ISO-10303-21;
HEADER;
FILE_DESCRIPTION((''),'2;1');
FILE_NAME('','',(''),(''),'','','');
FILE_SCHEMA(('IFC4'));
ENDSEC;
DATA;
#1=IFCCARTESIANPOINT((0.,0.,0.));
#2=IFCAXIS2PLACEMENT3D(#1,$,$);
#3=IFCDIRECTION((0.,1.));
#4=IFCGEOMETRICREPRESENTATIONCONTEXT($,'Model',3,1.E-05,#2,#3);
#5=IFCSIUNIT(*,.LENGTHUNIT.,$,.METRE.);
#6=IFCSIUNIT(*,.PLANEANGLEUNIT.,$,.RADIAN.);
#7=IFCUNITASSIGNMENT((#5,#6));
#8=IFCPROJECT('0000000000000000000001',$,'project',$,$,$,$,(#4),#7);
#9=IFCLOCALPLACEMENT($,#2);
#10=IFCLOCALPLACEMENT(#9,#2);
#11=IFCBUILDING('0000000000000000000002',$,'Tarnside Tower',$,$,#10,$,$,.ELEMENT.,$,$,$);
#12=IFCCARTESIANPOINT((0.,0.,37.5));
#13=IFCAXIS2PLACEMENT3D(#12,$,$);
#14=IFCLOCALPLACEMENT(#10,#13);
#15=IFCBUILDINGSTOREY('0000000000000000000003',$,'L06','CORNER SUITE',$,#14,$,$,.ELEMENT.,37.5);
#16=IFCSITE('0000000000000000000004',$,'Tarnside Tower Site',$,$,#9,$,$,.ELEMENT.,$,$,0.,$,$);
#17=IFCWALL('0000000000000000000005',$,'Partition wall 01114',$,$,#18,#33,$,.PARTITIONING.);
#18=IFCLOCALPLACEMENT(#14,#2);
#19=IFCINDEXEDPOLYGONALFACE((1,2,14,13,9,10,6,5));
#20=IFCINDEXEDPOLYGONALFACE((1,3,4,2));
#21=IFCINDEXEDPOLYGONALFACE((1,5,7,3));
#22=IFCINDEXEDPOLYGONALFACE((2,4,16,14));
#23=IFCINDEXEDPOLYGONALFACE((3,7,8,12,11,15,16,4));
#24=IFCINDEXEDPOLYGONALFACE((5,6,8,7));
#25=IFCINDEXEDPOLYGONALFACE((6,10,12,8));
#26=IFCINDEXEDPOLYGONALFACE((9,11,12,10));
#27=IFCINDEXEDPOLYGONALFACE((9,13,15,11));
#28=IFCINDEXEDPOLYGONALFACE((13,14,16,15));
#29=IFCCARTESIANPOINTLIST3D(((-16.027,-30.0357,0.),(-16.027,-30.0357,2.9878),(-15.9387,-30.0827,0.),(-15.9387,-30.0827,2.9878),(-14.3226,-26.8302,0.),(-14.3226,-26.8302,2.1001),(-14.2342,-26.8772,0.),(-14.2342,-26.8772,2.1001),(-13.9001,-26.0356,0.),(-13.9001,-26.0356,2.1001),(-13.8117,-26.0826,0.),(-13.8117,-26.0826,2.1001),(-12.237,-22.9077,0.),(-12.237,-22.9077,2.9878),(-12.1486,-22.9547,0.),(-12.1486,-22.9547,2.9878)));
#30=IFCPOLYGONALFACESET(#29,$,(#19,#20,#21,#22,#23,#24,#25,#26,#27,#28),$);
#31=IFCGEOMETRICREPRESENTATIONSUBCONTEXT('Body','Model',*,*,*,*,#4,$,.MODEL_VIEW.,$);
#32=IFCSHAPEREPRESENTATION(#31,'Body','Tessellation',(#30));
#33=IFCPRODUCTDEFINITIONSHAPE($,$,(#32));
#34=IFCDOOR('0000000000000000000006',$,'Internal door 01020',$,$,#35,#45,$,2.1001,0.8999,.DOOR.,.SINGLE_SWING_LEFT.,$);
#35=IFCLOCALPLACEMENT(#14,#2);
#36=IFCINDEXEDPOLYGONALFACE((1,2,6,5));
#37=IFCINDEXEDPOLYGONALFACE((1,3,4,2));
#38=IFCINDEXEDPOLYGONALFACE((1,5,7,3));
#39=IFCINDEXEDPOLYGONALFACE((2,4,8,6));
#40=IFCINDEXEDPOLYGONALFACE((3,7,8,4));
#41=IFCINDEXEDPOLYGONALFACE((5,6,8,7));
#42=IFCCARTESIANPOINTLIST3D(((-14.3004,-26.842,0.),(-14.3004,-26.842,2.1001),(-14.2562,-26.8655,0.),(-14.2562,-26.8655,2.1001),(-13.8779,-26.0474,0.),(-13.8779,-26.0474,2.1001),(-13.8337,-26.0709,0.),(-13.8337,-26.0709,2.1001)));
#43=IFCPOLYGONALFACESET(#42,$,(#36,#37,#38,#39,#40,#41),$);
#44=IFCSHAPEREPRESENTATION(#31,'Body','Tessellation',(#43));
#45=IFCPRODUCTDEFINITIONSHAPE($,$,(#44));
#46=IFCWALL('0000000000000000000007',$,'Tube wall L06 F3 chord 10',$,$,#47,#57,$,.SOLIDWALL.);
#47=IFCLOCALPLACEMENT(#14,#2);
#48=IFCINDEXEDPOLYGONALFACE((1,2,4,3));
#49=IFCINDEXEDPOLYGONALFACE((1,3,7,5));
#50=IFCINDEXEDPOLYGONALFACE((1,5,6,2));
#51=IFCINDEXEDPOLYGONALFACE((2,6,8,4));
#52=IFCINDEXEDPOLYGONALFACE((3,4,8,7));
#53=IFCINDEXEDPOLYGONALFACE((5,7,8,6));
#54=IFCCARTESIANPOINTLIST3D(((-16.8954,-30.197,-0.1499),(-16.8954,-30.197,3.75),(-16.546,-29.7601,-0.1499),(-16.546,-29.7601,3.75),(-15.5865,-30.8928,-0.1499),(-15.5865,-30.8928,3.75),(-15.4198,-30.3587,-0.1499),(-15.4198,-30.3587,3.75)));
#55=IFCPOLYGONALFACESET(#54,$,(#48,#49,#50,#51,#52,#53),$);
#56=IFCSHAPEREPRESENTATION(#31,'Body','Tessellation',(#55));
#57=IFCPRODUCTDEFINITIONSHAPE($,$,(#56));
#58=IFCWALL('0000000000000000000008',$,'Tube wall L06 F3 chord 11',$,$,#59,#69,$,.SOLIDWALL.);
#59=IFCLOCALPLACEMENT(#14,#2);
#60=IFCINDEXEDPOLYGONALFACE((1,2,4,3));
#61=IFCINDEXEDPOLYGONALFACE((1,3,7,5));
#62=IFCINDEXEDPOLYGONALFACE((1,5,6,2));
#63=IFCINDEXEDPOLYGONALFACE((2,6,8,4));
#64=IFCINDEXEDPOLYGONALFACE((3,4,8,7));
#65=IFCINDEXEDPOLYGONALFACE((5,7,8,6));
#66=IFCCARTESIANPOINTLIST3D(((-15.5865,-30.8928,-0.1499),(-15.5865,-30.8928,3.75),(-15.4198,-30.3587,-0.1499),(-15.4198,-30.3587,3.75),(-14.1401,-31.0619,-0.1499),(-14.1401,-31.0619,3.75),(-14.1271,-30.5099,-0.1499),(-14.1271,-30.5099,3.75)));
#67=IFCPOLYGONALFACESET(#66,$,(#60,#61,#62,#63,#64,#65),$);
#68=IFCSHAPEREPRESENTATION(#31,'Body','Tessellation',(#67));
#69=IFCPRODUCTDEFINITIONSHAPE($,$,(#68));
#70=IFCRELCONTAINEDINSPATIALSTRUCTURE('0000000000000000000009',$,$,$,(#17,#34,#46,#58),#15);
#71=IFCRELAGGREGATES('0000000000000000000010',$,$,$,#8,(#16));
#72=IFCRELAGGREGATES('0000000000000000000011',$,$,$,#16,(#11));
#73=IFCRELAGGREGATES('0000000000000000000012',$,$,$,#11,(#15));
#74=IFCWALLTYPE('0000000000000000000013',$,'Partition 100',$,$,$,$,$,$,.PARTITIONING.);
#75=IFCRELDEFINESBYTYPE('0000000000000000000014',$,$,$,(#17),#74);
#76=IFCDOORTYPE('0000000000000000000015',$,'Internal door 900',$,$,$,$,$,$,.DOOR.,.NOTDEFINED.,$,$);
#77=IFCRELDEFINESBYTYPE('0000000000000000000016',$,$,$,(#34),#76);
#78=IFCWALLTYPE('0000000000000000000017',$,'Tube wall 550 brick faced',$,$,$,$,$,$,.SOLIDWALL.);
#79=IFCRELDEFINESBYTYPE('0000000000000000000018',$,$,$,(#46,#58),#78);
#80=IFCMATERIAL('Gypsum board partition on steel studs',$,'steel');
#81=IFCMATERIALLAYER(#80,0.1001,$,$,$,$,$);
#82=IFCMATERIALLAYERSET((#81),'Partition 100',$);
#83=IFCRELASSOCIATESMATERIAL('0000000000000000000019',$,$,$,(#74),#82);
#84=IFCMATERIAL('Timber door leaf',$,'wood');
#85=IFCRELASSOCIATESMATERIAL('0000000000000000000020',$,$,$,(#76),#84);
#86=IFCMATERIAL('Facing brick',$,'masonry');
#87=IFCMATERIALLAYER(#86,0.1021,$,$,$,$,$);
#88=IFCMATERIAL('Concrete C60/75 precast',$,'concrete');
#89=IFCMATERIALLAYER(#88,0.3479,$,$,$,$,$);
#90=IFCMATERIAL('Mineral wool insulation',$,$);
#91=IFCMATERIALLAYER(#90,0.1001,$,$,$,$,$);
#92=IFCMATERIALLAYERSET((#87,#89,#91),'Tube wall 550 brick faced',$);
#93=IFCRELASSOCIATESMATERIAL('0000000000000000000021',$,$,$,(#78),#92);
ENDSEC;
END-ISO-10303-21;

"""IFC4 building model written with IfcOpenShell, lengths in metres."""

from ifc_helpers import new_model, si_unit, direction, frame, frame_2d, origin, place, context, subcontext, project, spatial, polyline, rectangle, outline, extrude, material, layer, layer_set, type_object, element, fill, save


model = new_model("IFC4")

# Units and contexts
model_context = context("Model", 3, precision=1e-05, world=origin(), true_north=direction((0.0, 1.0)))
body_context = subcontext(model_context, "Body", "Model", "MODEL_VIEW")
ifc_project = project(units=[si_unit("LENGTHUNIT", "METRE"), si_unit("PLANEANGLEUNIT", "RADIAN")], contexts=[model_context])

# Site, building, storey
site_placement = place(None, origin())
site = spatial("IfcSite", under=ifc_project, at=site_placement, Name="Tarnside Tower Site", CompositionType="ELEMENT", RefElevation=0.0)
building_placement = place(site_placement, origin())
building = spatial("IfcBuilding", under=site, at=building_placement, Name="Tarnside Tower", CompositionType="ELEMENT")
storey_placement = place(building_placement, frame((0.0, 0.0, 37.5)))
storey = spatial("IfcBuildingStorey", under=building, at=storey_placement, Name="L06", Description="CORNER SUITE", CompositionType="ELEMENT", Elevation=37.5)

# Shared definitions
ifc_material_1 = material(Name="Gypsum board partition on steel studs", Category="steel")

# Wall, opening, door
ifc_material_2 = material(Name="Timber door leaf", Category="wood")
ifc_layer_1 = layer(ifc_material_1, 0.1001)
ifc_layer_set_1 = layer_set([ifc_layer_1], Name="Partition 100")
wall_type_1 = type_object("IfcWallType", Name="Partition 100", PredefinedType="PARTITIONING", material=ifc_layer_set_1)
wall_1_placement = place(storey_placement, frame((-15.9829, -30.0593, 0.0), z_axis=(0.0, 0.0, 1.0), x_axis=(0.469477, 0.882945, 0.0)))
wall_1 = element("IfcWall", 1, at=wall_1_placement, inside=storey, type_object=wall_type_1, Name="Partition wall 01114", PredefinedType="PARTITIONING", context=body_context, shape_type="SweptSolid", body=[
    extrude(rectangle(XDim=8.073, YDim=0.1001, at=frame_2d((4.0366, 0.0))), origin(), (0.0, 0.0, 1.0), 2.9878),
])
opening_1_placement = place(wall_1_placement, frame((3.6306, 0.0, 0.0)))
opening_1 = element("IfcOpeningElement", 2, at=opening_1_placement, cuts=wall_1, PredefinedType="OPENING", context=body_context, shape_type="SweptSolid", body=[
    extrude(rectangle(XDim=0.8999, YDim=2.1001, at=frame_2d((0.45, 1.05))), frame((0.0, 0.0601, 0.0), z_axis=(0.0, -1.0, 0.0), x_axis=(1.0, 0.0, 0.0)), (0.0, 0.0, 1.0), 0.1201),
])
door_type_1 = type_object("IfcDoorType", Name="Internal door 900", OperationType="NOTDEFINED", PredefinedType="DOOR", material=ifc_material_2)
door_1_placement = place(opening_1_placement, origin())
door_1 = element("IfcDoor", 3, at=door_1_placement, inside=storey, type_object=door_type_1, Name="Internal door 01020", OperationType="SINGLE_SWING_LEFT", OverallHeight=2.1001, OverallWidth=0.8999, PredefinedType="DOOR", context=body_context, shape_type="SweptSolid", body=[
    extrude(rectangle(XDim=0.8999, YDim=2.1001, at=frame_2d((0.45, 1.05))), frame((0.0, 0.0249, 0.0), z_axis=(0.0, -1.0, 0.0), x_axis=(1.0, 0.0, 0.0)), (0.0, 0.0, 1.0), 0.05),
])
fill(opening_1, door_1)

# Walls
ifc_material_3 = material(Name="Facing brick", Category="masonry")
ifc_layer_2 = layer(ifc_material_3, 0.1021)
ifc_material_4 = material(Name="Concrete C60/75 precast", Category="concrete")
ifc_layer_3 = layer(ifc_material_4, 0.3479)
ifc_material_5 = material(Name="Mineral wool insulation")
ifc_layer_4 = layer(ifc_material_5, 0.1001)
ifc_layer_set_2 = layer_set([ifc_layer_2, ifc_layer_3, ifc_layer_4], Name="Tube wall 550 brick faced")
wall_type_2 = type_object("IfcWallType", Name="Tube wall 550 brick faced", PredefinedType="SOLIDWALL", material=ifc_layer_set_2)
wall_2_placement = place(storey_placement, frame((-16.7207, -29.9785, -0.1499), z_axis=(0.0, 0.0, 1.0), x_axis=(0.882994, -0.469384, 0.0)))
element("IfcWall", 4, at=wall_2_placement, inside=storey, type_object=wall_type_2, Name="Tube wall L06 F3 chord 10", PredefinedType="SOLIDWALL", context=body_context, shape_type="SweptSolid", body=[
    extrude(outline(polyline([(-0.0518, -0.2749), (1.4307, -0.2749), (1.3271, 0.2749), (0.0518, 0.2749), (-0.0518, -0.2749)])), origin(), (0.0, 0.0, 1.0), 3.8999),
])
wall_3_placement = place(storey_placement, frame((-15.5032, -30.6257, -0.1499), z_axis=(0.0, 0.0, 1.0), x_axis=(0.993233, -0.116143, 0.0)))
element("IfcWall", 5, at=wall_3_placement, inside=storey, type_object=wall_type_2, Name="Tube wall L06 F3 chord 11", PredefinedType="SOLIDWALL", context=body_context, shape_type="SweptSolid", body=[
    extrude(outline(polyline([(-0.0518, -0.2749), (1.4045, -0.2749), (1.3533, 0.2749), (0.0518, 0.2749), (-0.0518, -0.2749)])), origin(), (0.0, 0.0, 1.0), 3.8999),
])

save(model, "model.ifc")
